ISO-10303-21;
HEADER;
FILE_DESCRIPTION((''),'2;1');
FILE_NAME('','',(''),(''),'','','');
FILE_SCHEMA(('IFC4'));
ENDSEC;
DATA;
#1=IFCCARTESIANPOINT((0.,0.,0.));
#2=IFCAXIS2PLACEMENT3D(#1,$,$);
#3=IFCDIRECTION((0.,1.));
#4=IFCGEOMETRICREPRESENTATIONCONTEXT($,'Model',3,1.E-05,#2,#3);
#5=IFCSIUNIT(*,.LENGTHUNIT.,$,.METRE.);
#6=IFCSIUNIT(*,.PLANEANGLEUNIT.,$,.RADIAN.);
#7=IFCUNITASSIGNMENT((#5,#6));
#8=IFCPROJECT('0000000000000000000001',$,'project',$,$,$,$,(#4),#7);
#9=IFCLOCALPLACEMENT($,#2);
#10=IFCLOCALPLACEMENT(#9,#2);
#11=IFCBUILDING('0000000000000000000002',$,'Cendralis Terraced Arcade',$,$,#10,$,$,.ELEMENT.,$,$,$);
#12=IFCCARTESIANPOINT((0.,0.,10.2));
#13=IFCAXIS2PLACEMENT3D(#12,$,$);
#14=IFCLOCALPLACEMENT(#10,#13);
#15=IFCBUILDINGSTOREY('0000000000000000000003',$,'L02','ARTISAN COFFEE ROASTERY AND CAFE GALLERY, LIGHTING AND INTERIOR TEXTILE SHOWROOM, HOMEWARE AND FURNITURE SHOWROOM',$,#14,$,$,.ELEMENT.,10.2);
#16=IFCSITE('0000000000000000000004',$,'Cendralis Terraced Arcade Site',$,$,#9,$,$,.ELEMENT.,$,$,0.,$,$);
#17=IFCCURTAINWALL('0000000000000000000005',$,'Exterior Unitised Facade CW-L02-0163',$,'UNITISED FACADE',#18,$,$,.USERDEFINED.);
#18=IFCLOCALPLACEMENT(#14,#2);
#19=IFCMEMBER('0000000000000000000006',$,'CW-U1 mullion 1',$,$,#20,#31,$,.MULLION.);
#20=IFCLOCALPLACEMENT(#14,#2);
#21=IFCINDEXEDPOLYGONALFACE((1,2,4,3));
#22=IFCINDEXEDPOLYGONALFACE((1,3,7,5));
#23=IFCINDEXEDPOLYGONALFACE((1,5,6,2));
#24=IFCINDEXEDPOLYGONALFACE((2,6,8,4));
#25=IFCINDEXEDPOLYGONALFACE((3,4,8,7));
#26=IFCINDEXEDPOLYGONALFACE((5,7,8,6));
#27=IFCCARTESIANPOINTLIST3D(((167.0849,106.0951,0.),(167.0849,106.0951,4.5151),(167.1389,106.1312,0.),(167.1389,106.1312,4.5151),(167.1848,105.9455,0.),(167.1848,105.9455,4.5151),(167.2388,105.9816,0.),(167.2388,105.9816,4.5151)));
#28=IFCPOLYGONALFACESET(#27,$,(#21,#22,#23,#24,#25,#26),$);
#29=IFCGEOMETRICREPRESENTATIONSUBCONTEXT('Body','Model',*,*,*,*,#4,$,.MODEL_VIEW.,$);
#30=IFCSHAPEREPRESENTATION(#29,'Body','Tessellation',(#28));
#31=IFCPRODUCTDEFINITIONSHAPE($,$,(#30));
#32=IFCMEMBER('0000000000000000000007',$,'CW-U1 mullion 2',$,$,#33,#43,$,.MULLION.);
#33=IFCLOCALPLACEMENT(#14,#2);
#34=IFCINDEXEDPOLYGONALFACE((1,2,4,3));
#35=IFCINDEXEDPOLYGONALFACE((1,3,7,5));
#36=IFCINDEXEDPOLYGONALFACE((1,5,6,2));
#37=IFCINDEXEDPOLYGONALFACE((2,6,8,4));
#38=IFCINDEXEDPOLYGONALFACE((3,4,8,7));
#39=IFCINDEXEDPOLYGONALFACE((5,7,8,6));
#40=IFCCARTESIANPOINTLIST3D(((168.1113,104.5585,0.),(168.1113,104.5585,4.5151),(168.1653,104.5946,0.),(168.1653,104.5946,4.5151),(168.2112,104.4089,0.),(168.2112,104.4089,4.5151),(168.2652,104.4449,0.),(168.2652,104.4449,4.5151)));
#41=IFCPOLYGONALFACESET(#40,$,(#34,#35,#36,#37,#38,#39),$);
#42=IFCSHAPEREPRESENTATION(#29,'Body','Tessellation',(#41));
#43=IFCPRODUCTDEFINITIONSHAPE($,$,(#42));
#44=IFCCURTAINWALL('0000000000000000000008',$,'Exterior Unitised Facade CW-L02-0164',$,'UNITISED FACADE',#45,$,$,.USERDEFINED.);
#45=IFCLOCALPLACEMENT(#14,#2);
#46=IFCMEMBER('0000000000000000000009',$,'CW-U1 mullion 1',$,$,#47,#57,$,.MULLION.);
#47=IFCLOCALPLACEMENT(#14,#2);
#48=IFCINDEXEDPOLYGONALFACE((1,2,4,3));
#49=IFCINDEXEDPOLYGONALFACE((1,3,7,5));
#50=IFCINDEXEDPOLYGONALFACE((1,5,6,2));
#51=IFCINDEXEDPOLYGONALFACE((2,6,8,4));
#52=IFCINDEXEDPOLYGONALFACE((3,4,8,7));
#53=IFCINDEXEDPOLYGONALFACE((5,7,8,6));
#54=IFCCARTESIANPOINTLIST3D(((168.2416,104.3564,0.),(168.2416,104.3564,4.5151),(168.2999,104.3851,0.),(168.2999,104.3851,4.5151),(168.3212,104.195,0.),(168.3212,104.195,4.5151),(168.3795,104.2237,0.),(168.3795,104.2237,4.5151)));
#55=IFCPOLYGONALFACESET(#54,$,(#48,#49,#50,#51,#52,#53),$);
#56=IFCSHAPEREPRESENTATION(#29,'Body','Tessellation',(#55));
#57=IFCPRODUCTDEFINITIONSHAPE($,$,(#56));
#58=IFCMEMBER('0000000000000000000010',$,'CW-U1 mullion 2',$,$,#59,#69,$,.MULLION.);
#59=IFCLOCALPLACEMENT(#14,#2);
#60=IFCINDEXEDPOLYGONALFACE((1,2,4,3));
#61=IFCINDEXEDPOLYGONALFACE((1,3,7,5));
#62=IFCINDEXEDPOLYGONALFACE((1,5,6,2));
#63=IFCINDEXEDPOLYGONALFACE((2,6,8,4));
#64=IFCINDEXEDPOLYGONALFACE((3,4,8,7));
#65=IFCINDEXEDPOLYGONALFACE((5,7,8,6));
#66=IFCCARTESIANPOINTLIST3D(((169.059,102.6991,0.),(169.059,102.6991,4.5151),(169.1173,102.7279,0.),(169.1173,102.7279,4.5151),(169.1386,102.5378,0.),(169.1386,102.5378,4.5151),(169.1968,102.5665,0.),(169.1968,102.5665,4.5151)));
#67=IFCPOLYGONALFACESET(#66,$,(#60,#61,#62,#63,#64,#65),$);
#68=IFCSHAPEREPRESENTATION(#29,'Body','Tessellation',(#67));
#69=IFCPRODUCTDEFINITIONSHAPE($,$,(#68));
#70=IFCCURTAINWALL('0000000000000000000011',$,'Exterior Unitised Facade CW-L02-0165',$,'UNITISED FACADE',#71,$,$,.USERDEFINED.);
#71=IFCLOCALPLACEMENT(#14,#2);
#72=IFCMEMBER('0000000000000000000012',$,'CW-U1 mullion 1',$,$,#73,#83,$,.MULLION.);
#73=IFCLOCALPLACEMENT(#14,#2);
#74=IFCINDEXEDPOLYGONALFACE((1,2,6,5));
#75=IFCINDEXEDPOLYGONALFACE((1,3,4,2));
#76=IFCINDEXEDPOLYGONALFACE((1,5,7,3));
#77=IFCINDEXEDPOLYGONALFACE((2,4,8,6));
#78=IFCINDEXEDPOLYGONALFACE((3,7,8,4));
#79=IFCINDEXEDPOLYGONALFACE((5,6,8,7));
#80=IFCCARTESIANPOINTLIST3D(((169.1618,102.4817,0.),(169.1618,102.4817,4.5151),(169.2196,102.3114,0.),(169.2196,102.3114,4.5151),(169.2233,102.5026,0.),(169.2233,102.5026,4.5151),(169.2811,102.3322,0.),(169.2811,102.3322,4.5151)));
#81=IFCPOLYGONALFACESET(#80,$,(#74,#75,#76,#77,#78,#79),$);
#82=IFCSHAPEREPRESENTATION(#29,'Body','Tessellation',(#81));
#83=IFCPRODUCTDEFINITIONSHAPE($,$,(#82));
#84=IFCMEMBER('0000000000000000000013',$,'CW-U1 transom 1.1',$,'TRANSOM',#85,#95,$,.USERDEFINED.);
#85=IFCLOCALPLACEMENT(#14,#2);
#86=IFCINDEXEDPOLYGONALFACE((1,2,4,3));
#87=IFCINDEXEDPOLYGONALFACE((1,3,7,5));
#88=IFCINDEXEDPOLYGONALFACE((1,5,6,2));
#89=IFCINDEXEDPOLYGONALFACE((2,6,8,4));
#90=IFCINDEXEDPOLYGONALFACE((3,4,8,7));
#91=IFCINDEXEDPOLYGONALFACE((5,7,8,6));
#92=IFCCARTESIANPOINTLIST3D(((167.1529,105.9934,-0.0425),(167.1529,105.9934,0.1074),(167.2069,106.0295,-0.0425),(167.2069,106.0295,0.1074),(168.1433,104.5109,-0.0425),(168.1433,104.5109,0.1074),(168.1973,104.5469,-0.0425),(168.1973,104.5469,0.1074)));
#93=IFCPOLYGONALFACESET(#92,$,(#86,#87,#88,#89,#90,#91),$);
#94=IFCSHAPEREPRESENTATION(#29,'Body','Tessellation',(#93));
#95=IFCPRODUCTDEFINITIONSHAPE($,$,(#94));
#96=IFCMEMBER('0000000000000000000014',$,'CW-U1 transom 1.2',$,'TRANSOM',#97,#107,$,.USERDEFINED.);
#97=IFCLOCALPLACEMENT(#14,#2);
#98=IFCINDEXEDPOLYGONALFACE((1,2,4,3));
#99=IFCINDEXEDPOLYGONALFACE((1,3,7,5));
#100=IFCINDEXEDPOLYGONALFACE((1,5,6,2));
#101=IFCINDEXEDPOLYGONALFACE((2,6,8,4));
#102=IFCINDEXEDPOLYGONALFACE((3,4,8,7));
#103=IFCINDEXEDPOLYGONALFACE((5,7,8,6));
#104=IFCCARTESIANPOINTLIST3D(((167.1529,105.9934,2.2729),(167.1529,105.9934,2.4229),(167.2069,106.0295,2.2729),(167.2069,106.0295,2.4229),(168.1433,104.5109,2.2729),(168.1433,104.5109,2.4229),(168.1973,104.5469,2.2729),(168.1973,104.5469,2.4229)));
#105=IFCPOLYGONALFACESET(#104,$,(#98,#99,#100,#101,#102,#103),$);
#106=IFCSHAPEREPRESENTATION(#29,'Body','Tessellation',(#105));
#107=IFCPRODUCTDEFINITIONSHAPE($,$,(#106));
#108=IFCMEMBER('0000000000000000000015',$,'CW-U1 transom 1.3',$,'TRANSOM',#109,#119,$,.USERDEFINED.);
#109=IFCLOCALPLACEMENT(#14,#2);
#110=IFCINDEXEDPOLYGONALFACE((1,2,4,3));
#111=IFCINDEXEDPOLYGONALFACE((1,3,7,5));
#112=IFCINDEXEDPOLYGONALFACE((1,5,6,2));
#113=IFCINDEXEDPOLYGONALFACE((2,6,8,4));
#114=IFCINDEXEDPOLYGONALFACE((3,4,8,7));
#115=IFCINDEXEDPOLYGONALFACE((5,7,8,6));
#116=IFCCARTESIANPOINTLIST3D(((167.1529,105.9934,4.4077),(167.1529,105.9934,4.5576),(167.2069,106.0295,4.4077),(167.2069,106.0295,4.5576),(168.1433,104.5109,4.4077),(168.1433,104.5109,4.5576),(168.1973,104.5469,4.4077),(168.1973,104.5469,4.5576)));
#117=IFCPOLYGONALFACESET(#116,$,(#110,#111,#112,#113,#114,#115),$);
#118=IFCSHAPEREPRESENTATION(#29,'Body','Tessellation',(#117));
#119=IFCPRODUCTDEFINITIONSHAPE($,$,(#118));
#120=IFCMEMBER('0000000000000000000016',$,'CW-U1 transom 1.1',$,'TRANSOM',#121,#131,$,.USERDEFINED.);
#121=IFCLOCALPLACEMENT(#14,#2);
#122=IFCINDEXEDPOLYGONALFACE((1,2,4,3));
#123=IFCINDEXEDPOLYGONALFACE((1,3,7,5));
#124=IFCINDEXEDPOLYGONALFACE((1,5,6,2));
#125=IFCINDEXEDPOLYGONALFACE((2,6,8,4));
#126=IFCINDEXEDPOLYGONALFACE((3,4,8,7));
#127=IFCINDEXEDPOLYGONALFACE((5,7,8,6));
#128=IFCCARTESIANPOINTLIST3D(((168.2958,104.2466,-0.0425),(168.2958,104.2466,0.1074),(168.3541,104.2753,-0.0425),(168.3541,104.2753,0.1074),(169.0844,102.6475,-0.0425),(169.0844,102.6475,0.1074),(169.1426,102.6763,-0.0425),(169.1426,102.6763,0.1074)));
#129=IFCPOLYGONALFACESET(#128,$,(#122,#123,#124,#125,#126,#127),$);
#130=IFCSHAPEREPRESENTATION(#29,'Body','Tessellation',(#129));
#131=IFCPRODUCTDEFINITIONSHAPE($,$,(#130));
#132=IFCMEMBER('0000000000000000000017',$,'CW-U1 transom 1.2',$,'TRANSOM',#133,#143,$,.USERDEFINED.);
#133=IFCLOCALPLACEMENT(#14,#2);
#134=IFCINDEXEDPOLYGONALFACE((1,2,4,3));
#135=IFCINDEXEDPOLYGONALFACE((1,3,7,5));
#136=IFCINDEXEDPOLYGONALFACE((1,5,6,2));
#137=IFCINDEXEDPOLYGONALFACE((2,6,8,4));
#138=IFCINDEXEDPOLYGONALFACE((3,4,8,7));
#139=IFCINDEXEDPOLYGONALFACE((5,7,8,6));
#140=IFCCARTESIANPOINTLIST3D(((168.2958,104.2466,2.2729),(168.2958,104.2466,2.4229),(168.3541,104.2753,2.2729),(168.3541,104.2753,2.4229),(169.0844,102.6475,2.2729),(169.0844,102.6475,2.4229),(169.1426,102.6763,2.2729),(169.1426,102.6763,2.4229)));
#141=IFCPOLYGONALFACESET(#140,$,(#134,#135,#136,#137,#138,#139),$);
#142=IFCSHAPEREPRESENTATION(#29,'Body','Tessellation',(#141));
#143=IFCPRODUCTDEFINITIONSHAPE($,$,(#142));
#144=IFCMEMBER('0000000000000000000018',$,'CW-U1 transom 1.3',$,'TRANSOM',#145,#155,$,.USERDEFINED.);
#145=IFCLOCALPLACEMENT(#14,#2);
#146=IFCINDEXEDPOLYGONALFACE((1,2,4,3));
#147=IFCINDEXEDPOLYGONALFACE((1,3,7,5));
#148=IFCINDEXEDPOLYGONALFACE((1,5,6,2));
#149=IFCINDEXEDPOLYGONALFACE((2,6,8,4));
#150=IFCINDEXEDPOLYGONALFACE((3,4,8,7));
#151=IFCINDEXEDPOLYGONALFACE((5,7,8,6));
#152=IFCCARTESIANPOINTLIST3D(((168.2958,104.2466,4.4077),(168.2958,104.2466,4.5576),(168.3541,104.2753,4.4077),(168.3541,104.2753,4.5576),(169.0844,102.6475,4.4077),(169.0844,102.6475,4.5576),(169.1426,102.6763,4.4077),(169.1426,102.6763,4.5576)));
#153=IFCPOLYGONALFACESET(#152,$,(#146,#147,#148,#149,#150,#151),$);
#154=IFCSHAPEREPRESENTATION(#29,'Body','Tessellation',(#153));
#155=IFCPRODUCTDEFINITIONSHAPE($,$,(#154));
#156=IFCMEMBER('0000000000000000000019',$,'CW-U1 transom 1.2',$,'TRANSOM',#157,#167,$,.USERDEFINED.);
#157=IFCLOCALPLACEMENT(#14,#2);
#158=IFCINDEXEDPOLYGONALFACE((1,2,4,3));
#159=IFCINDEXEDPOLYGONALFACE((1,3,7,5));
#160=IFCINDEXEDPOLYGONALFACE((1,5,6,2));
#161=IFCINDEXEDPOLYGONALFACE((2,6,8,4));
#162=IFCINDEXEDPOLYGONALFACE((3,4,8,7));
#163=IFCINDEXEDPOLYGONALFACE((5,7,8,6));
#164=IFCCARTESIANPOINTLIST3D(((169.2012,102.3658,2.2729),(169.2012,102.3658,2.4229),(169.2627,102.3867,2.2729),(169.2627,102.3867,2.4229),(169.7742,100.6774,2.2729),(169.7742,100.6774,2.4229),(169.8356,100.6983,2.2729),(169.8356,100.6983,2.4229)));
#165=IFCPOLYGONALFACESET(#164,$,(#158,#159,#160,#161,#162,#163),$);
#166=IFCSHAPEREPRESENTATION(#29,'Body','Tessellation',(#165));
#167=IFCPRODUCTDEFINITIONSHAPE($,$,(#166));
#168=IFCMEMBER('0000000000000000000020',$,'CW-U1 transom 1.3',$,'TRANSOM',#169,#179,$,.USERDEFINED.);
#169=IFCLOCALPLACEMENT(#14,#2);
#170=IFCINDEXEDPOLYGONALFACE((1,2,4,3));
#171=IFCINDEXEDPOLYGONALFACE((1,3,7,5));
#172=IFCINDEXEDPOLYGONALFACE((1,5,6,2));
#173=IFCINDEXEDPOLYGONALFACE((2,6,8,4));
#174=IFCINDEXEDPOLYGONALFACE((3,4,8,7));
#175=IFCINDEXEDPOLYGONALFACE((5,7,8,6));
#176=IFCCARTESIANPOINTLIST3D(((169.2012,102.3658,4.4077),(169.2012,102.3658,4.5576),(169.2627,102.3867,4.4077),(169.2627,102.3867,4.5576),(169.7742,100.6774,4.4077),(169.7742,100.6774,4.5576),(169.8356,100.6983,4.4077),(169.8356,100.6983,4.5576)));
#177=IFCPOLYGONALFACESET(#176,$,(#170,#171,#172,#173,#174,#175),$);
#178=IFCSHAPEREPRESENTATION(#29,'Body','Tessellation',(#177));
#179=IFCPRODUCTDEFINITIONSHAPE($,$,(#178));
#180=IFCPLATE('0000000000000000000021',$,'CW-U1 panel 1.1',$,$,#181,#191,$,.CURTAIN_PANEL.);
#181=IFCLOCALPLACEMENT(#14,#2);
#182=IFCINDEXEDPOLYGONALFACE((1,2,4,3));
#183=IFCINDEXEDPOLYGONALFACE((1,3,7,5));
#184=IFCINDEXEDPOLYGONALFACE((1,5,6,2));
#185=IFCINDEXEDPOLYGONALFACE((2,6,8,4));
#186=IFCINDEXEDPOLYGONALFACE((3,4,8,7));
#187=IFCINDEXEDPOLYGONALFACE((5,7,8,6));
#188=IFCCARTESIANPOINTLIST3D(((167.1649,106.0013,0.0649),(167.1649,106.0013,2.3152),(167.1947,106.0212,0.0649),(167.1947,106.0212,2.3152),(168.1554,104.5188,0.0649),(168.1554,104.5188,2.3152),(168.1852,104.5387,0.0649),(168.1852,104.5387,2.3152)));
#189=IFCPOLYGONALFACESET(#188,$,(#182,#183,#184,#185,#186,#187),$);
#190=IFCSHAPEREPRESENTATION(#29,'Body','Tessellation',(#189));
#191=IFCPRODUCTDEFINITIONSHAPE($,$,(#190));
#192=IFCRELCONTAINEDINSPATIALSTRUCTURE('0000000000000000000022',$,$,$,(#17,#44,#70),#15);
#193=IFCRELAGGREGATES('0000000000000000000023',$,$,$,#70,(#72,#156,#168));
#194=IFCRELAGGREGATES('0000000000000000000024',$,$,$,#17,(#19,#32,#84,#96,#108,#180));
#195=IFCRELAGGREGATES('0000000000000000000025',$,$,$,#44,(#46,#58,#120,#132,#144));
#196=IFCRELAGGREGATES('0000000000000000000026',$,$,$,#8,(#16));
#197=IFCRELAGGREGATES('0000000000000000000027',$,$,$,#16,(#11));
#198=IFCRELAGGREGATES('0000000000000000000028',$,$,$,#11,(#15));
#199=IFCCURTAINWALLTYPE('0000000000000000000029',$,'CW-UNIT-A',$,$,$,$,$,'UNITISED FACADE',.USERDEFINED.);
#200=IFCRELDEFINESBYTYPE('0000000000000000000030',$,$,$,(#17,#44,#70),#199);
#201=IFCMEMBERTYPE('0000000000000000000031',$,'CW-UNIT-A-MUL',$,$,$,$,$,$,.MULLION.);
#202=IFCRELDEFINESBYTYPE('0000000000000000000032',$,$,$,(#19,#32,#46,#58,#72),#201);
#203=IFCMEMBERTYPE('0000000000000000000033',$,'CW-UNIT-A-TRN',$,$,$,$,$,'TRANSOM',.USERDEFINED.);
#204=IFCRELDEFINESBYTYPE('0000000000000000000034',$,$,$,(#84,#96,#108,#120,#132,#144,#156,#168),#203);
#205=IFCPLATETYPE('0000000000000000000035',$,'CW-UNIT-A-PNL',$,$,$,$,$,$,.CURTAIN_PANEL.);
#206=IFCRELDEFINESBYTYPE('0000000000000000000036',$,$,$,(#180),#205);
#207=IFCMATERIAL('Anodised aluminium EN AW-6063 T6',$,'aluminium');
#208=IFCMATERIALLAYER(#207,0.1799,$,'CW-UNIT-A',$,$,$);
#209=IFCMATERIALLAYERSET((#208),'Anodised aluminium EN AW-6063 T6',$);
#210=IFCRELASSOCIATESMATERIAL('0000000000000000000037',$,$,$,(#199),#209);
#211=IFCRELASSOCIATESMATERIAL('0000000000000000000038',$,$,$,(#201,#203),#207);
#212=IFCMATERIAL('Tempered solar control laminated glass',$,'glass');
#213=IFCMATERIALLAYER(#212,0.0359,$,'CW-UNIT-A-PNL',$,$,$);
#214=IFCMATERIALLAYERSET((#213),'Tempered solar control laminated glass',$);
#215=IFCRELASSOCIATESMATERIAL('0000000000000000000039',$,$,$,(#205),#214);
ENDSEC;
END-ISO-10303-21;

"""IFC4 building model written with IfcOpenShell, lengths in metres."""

from ifc_helpers import new_model, si_unit, direction, frame, origin, origin_2d, place, context, subcontext, project, spatial, rectangle, extrude, material, layer, layer_set, material_profile, profile_set, type_object, element, aggregate, save


model = new_model("IFC4")

# Units and contexts
model_context = context("Model", 3, precision=1e-05, world=origin(), true_north=direction((0.0, 1.0)))
body_context = subcontext(model_context, "Body", "Model", "MODEL_VIEW")
ifc_project = project(units=[si_unit("LENGTHUNIT", "METRE"), si_unit("PLANEANGLEUNIT", "RADIAN")], contexts=[model_context])

# Site, building, storey
site_placement = place(None, origin())
site = spatial("IfcSite", under=ifc_project, at=site_placement, Name="Cendralis Terraced Arcade Site", CompositionType="ELEMENT", RefElevation=0.0)
building_placement = place(site_placement, origin())
building = spatial("IfcBuilding", under=site, at=building_placement, Name="Cendralis Terraced Arcade", CompositionType="ELEMENT")
storey_placement = place(building_placement, frame((0.0, 0.0, 10.2)))
storey = spatial("IfcBuildingStorey", under=building, at=storey_placement, Name="L02", Description="ARTISAN COFFEE ROASTERY AND CAFE GALLERY, LIGHTING AND INTERIOR TEXTILE SHOWROOM, HOMEWARE AND FURNITURE SHOWROOM", CompositionType="ELEMENT", Elevation=10.2)

# Curtain walls, members
ifc_material_1 = material(Name="Anodised aluminium EN AW-6063 T6", Category="aluminium")
ifc_layer_1 = layer(ifc_material_1, 0.1799, Name="CW-UNIT-A")
ifc_layer_set_1 = layer_set([ifc_layer_1], Name="Anodised aluminium EN AW-6063 T6")
curtain_wall_type = type_object("IfcCurtainWallType", Name="CW-UNIT-A", ElementType="UNITISED FACADE", PredefinedType="USERDEFINED", material=ifc_layer_set_1)
curtain_wall_1_placement = place(storey_placement, origin())
curtain_wall_1 = element("IfcCurtainWall", 1, at=curtain_wall_1_placement, inside=storey, type_object=curtain_wall_type, Name="Exterior Unitised Facade CW-L02-0163", ObjectType="UNITISED FACADE", PredefinedType="USERDEFINED")
ifc_material_profile_1 = material_profile(ifc_material_1, rectangle(XDim=0.0649, YDim=0.1799, at=origin_2d()), Name="ALU-MUL-65x180")
ifc_profile_set_1 = profile_set([ifc_material_profile_1], Name="Anodised aluminium EN AW-6063 T6")
member_type_1 = type_object("IfcMemberType", Name="CW-UNIT-A-MUL", PredefinedType="MULLION", material=ifc_profile_set_1)
member_1_placement = place(storey_placement, frame((167.1619, 106.0383, 0.0), z_axis=(0.0, 0.0, 1.0), x_axis=(0.831495, 0.555532, 0.0)))
member_1 = element("IfcMember", 2, at=member_1_placement, type_object=member_type_1, Name="CW-U1 mullion 1", PredefinedType="MULLION", context=body_context, shape_type="SweptSolid", body=[
    extrude(rectangle(XDim=0.0649, YDim=0.1799, at=origin_2d()), origin(), (0.0, 0.0, 1.0), 4.5151),
])
member_2_placement = place(storey_placement, frame((168.1882, 104.5017, 0.0), z_axis=(0.0, 0.0, 1.0), x_axis=(0.831495, 0.555532, 0.0)))
member_2 = element("IfcMember", 3, at=member_2_placement, type_object=member_type_1, Name="CW-U1 mullion 2", PredefinedType="MULLION", context=body_context, shape_type="SweptSolid", body=[
    extrude(rectangle(XDim=0.0649, YDim=0.1799, at=origin_2d()), origin(), (0.0, 0.0, 1.0), 4.5151),
])
curtain_wall_2_placement = place(storey_placement, origin())
curtain_wall_2 = element("IfcCurtainWall", 4, at=curtain_wall_2_placement, inside=storey, type_object=curtain_wall_type, Name="Exterior Unitised Facade CW-L02-0164", ObjectType="UNITISED FACADE", PredefinedType="USERDEFINED")
member_3_placement = place(storey_placement, frame((168.3105, 104.29, 0.0), z_axis=(0.0, 0.0, 1.0), x_axis=(0.896871, 0.442293, 0.0)))
member_3 = element("IfcMember", 5, at=member_3_placement, type_object=member_type_1, Name="CW-U1 mullion 1", PredefinedType="MULLION", context=body_context, shape_type="SweptSolid", body=[
    extrude(rectangle(XDim=0.0649, YDim=0.1799, at=origin_2d()), origin(), (0.0, 0.0, 1.0), 4.5151),
])
member_4_placement = place(storey_placement, frame((169.1279, 102.6328, 0.0), z_axis=(0.0, 0.0, 1.0), x_axis=(0.896871, 0.442293, 0.0)))
member_4 = element("IfcMember", 6, at=member_4_placement, type_object=member_type_1, Name="CW-U1 mullion 2", PredefinedType="MULLION", context=body_context, shape_type="SweptSolid", body=[
    extrude(rectangle(XDim=0.0649, YDim=0.1799, at=origin_2d()), origin(), (0.0, 0.0, 1.0), 4.5151),
])

# Curtain wall, member
curtain_wall_3_placement = place(storey_placement, origin())
curtain_wall_3 = element("IfcCurtainWall", 7, at=curtain_wall_3_placement, inside=storey, type_object=curtain_wall_type, Name="Exterior Unitised Facade CW-L02-0165", ObjectType="UNITISED FACADE", PredefinedType="USERDEFINED")
member_5_placement = place(storey_placement, frame((169.2214, 102.407, 0.0), z_axis=(0.0, 0.0, 1.0), x_axis=(0.946928, 0.321445, 0.0)))
member_5 = element("IfcMember", 8, at=member_5_placement, type_object=member_type_1, Name="CW-U1 mullion 1", PredefinedType="MULLION", context=body_context, shape_type="SweptSolid", body=[
    extrude(rectangle(XDim=0.0649, YDim=0.1799, at=origin_2d()), origin(), (0.0, 0.0, 1.0), 4.5151),
])

# Members
ifc_material_profile_2 = material_profile(ifc_material_1, rectangle(XDim=0.0649, YDim=0.1499, at=origin_2d()), Name="ALU-TRN-65x150")
ifc_profile_set_2 = profile_set([ifc_material_profile_2], Name="Anodised aluminium EN AW-6063 T6")
member_type_2 = type_object("IfcMemberType", Name="CW-UNIT-A-TRN", ElementType="TRANSOM", PredefinedType="USERDEFINED", material=ifc_profile_set_2)
member_6_placement = place(storey_placement, frame((167.1799, 106.0115, 0.0325), z_axis=(0.55549, -0.831523, 0.0), x_axis=(0.831523, 0.55549, 0.0)))
member_6 = element("IfcMember", 9, at=member_6_placement, type_object=member_type_2, Name="CW-U1 transom 1.1", ObjectType="TRANSOM", PredefinedType="USERDEFINED", context=body_context, shape_type="SweptSolid", body=[
    extrude(rectangle(XDim=0.0649, YDim=0.1499, at=origin_2d()), origin(), (0.0, 0.0, 1.0), 1.783),
])
member_7_placement = place(storey_placement, frame((167.1799, 106.0115, 2.3479), z_axis=(0.55549, -0.831523, 0.0), x_axis=(0.831523, 0.55549, 0.0)))
member_7 = element("IfcMember", 10, at=member_7_placement, type_object=member_type_2, Name="CW-U1 transom 1.2", ObjectType="TRANSOM", PredefinedType="USERDEFINED", context=body_context, shape_type="SweptSolid", body=[
    extrude(rectangle(XDim=0.0649, YDim=0.1499, at=origin_2d()), origin(), (0.0, 0.0, 1.0), 1.783),
])
member_8_placement = place(storey_placement, frame((167.1799, 106.0115, 4.4827), z_axis=(0.55549, -0.831523, 0.0), x_axis=(0.831523, 0.55549, 0.0)))
member_8 = element("IfcMember", 11, at=member_8_placement, type_object=member_type_2, Name="CW-U1 transom 1.3", ObjectType="TRANSOM", PredefinedType="USERDEFINED", context=body_context, shape_type="SweptSolid", body=[
    extrude(rectangle(XDim=0.0649, YDim=0.1499, at=origin_2d()), origin(), (0.0, 0.0, 1.0), 1.783),
])
member_9_placement = place(storey_placement, frame((168.325, 104.261, 0.0325), z_axis=(0.442277, -0.896878, 0.0), x_axis=(0.896878, 0.442277, 0.0)))
member_9 = element("IfcMember", 12, at=member_9_placement, type_object=member_type_2, Name="CW-U1 transom 1.1", ObjectType="TRANSOM", PredefinedType="USERDEFINED", context=body_context, shape_type="SweptSolid", body=[
    extrude(rectangle(XDim=0.0649, YDim=0.1499, at=origin_2d()), origin(), (0.0, 0.0, 1.0), 1.783),
])
member_10_placement = place(storey_placement, frame((168.325, 104.261, 2.3479), z_axis=(0.442277, -0.896878, 0.0), x_axis=(0.896878, 0.442277, 0.0)))
member_10 = element("IfcMember", 13, at=member_10_placement, type_object=member_type_2, Name="CW-U1 transom 1.2", ObjectType="TRANSOM", PredefinedType="USERDEFINED", context=body_context, shape_type="SweptSolid", body=[
    extrude(rectangle(XDim=0.0649, YDim=0.1499, at=origin_2d()), origin(), (0.0, 0.0, 1.0), 1.783),
])
member_11_placement = place(storey_placement, frame((168.325, 104.261, 4.4827), z_axis=(0.442277, -0.896878, 0.0), x_axis=(0.896878, 0.442277, 0.0)))
member_11 = element("IfcMember", 14, at=member_11_placement, type_object=member_type_2, Name="CW-U1 transom 1.3", ObjectType="TRANSOM", PredefinedType="USERDEFINED", context=body_context, shape_type="SweptSolid", body=[
    extrude(rectangle(XDim=0.0649, YDim=0.1499, at=origin_2d()), origin(), (0.0, 0.0, 1.0), 1.783),
])
member_12_placement = place(storey_placement, frame((169.2319, 102.3762, 2.3479), z_axis=(0.321358, -0.946958, 0.0), x_axis=(0.946958, 0.321358, 0.0)))
member_12 = element("IfcMember", 15, at=member_12_placement, type_object=member_type_2, Name="CW-U1 transom 1.2", ObjectType="TRANSOM", PredefinedType="USERDEFINED", context=body_context, shape_type="SweptSolid", body=[
    extrude(rectangle(XDim=0.0649, YDim=0.1499, at=origin_2d()), origin(), (0.0, 0.0, 1.0), 1.783),
])
member_13_placement = place(storey_placement, frame((169.2319, 102.3762, 4.4827), z_axis=(0.321358, -0.946958, 0.0), x_axis=(0.946958, 0.321358, 0.0)))
member_13 = element("IfcMember", 16, at=member_13_placement, type_object=member_type_2, Name="CW-U1 transom 1.3", ObjectType="TRANSOM", PredefinedType="USERDEFINED", context=body_context, shape_type="SweptSolid", body=[
    extrude(rectangle(XDim=0.0649, YDim=0.1499, at=origin_2d()), origin(), (0.0, 0.0, 1.0), 1.783),
])
aggregate(curtain_wall_3, [member_5, member_12, member_13])

# Plate
ifc_material_2 = material(Name="Tempered solar control laminated glass", Category="glass")
ifc_layer_2 = layer(ifc_material_2, 0.0359, Name="CW-UNIT-A-PNL")
ifc_layer_set_2 = layer_set([ifc_layer_2], Name="Tempered solar control laminated glass")
plate_type = type_object("IfcPlateType", Name="CW-UNIT-A-PNL", PredefinedType="CURTAIN_PANEL", material=ifc_layer_set_2)
plate_1_placement = place(storey_placement, frame((167.675, 105.27, 0.0649), z_axis=(0.0, 0.0, 1.0), x_axis=(0.555532, -0.831495, 0.0)))
plate_1 = element("IfcPlate", 17, at=plate_1_placement, type_object=plate_type, Name="CW-U1 panel 1.1", PredefinedType="CURTAIN_PANEL", context=body_context, shape_type="SweptSolid", body=[
    extrude(rectangle(XDim=1.783, YDim=0.0359, at=origin_2d()), origin(), (0.0, 0.0, 1.0), 2.2502),
])
aggregate(curtain_wall_1, [member_1, member_2, member_6, member_7, member_8, plate_1])
aggregate(curtain_wall_2, [member_3, member_4, member_9, member_10, member_11])

save(model, "model.ifc")
